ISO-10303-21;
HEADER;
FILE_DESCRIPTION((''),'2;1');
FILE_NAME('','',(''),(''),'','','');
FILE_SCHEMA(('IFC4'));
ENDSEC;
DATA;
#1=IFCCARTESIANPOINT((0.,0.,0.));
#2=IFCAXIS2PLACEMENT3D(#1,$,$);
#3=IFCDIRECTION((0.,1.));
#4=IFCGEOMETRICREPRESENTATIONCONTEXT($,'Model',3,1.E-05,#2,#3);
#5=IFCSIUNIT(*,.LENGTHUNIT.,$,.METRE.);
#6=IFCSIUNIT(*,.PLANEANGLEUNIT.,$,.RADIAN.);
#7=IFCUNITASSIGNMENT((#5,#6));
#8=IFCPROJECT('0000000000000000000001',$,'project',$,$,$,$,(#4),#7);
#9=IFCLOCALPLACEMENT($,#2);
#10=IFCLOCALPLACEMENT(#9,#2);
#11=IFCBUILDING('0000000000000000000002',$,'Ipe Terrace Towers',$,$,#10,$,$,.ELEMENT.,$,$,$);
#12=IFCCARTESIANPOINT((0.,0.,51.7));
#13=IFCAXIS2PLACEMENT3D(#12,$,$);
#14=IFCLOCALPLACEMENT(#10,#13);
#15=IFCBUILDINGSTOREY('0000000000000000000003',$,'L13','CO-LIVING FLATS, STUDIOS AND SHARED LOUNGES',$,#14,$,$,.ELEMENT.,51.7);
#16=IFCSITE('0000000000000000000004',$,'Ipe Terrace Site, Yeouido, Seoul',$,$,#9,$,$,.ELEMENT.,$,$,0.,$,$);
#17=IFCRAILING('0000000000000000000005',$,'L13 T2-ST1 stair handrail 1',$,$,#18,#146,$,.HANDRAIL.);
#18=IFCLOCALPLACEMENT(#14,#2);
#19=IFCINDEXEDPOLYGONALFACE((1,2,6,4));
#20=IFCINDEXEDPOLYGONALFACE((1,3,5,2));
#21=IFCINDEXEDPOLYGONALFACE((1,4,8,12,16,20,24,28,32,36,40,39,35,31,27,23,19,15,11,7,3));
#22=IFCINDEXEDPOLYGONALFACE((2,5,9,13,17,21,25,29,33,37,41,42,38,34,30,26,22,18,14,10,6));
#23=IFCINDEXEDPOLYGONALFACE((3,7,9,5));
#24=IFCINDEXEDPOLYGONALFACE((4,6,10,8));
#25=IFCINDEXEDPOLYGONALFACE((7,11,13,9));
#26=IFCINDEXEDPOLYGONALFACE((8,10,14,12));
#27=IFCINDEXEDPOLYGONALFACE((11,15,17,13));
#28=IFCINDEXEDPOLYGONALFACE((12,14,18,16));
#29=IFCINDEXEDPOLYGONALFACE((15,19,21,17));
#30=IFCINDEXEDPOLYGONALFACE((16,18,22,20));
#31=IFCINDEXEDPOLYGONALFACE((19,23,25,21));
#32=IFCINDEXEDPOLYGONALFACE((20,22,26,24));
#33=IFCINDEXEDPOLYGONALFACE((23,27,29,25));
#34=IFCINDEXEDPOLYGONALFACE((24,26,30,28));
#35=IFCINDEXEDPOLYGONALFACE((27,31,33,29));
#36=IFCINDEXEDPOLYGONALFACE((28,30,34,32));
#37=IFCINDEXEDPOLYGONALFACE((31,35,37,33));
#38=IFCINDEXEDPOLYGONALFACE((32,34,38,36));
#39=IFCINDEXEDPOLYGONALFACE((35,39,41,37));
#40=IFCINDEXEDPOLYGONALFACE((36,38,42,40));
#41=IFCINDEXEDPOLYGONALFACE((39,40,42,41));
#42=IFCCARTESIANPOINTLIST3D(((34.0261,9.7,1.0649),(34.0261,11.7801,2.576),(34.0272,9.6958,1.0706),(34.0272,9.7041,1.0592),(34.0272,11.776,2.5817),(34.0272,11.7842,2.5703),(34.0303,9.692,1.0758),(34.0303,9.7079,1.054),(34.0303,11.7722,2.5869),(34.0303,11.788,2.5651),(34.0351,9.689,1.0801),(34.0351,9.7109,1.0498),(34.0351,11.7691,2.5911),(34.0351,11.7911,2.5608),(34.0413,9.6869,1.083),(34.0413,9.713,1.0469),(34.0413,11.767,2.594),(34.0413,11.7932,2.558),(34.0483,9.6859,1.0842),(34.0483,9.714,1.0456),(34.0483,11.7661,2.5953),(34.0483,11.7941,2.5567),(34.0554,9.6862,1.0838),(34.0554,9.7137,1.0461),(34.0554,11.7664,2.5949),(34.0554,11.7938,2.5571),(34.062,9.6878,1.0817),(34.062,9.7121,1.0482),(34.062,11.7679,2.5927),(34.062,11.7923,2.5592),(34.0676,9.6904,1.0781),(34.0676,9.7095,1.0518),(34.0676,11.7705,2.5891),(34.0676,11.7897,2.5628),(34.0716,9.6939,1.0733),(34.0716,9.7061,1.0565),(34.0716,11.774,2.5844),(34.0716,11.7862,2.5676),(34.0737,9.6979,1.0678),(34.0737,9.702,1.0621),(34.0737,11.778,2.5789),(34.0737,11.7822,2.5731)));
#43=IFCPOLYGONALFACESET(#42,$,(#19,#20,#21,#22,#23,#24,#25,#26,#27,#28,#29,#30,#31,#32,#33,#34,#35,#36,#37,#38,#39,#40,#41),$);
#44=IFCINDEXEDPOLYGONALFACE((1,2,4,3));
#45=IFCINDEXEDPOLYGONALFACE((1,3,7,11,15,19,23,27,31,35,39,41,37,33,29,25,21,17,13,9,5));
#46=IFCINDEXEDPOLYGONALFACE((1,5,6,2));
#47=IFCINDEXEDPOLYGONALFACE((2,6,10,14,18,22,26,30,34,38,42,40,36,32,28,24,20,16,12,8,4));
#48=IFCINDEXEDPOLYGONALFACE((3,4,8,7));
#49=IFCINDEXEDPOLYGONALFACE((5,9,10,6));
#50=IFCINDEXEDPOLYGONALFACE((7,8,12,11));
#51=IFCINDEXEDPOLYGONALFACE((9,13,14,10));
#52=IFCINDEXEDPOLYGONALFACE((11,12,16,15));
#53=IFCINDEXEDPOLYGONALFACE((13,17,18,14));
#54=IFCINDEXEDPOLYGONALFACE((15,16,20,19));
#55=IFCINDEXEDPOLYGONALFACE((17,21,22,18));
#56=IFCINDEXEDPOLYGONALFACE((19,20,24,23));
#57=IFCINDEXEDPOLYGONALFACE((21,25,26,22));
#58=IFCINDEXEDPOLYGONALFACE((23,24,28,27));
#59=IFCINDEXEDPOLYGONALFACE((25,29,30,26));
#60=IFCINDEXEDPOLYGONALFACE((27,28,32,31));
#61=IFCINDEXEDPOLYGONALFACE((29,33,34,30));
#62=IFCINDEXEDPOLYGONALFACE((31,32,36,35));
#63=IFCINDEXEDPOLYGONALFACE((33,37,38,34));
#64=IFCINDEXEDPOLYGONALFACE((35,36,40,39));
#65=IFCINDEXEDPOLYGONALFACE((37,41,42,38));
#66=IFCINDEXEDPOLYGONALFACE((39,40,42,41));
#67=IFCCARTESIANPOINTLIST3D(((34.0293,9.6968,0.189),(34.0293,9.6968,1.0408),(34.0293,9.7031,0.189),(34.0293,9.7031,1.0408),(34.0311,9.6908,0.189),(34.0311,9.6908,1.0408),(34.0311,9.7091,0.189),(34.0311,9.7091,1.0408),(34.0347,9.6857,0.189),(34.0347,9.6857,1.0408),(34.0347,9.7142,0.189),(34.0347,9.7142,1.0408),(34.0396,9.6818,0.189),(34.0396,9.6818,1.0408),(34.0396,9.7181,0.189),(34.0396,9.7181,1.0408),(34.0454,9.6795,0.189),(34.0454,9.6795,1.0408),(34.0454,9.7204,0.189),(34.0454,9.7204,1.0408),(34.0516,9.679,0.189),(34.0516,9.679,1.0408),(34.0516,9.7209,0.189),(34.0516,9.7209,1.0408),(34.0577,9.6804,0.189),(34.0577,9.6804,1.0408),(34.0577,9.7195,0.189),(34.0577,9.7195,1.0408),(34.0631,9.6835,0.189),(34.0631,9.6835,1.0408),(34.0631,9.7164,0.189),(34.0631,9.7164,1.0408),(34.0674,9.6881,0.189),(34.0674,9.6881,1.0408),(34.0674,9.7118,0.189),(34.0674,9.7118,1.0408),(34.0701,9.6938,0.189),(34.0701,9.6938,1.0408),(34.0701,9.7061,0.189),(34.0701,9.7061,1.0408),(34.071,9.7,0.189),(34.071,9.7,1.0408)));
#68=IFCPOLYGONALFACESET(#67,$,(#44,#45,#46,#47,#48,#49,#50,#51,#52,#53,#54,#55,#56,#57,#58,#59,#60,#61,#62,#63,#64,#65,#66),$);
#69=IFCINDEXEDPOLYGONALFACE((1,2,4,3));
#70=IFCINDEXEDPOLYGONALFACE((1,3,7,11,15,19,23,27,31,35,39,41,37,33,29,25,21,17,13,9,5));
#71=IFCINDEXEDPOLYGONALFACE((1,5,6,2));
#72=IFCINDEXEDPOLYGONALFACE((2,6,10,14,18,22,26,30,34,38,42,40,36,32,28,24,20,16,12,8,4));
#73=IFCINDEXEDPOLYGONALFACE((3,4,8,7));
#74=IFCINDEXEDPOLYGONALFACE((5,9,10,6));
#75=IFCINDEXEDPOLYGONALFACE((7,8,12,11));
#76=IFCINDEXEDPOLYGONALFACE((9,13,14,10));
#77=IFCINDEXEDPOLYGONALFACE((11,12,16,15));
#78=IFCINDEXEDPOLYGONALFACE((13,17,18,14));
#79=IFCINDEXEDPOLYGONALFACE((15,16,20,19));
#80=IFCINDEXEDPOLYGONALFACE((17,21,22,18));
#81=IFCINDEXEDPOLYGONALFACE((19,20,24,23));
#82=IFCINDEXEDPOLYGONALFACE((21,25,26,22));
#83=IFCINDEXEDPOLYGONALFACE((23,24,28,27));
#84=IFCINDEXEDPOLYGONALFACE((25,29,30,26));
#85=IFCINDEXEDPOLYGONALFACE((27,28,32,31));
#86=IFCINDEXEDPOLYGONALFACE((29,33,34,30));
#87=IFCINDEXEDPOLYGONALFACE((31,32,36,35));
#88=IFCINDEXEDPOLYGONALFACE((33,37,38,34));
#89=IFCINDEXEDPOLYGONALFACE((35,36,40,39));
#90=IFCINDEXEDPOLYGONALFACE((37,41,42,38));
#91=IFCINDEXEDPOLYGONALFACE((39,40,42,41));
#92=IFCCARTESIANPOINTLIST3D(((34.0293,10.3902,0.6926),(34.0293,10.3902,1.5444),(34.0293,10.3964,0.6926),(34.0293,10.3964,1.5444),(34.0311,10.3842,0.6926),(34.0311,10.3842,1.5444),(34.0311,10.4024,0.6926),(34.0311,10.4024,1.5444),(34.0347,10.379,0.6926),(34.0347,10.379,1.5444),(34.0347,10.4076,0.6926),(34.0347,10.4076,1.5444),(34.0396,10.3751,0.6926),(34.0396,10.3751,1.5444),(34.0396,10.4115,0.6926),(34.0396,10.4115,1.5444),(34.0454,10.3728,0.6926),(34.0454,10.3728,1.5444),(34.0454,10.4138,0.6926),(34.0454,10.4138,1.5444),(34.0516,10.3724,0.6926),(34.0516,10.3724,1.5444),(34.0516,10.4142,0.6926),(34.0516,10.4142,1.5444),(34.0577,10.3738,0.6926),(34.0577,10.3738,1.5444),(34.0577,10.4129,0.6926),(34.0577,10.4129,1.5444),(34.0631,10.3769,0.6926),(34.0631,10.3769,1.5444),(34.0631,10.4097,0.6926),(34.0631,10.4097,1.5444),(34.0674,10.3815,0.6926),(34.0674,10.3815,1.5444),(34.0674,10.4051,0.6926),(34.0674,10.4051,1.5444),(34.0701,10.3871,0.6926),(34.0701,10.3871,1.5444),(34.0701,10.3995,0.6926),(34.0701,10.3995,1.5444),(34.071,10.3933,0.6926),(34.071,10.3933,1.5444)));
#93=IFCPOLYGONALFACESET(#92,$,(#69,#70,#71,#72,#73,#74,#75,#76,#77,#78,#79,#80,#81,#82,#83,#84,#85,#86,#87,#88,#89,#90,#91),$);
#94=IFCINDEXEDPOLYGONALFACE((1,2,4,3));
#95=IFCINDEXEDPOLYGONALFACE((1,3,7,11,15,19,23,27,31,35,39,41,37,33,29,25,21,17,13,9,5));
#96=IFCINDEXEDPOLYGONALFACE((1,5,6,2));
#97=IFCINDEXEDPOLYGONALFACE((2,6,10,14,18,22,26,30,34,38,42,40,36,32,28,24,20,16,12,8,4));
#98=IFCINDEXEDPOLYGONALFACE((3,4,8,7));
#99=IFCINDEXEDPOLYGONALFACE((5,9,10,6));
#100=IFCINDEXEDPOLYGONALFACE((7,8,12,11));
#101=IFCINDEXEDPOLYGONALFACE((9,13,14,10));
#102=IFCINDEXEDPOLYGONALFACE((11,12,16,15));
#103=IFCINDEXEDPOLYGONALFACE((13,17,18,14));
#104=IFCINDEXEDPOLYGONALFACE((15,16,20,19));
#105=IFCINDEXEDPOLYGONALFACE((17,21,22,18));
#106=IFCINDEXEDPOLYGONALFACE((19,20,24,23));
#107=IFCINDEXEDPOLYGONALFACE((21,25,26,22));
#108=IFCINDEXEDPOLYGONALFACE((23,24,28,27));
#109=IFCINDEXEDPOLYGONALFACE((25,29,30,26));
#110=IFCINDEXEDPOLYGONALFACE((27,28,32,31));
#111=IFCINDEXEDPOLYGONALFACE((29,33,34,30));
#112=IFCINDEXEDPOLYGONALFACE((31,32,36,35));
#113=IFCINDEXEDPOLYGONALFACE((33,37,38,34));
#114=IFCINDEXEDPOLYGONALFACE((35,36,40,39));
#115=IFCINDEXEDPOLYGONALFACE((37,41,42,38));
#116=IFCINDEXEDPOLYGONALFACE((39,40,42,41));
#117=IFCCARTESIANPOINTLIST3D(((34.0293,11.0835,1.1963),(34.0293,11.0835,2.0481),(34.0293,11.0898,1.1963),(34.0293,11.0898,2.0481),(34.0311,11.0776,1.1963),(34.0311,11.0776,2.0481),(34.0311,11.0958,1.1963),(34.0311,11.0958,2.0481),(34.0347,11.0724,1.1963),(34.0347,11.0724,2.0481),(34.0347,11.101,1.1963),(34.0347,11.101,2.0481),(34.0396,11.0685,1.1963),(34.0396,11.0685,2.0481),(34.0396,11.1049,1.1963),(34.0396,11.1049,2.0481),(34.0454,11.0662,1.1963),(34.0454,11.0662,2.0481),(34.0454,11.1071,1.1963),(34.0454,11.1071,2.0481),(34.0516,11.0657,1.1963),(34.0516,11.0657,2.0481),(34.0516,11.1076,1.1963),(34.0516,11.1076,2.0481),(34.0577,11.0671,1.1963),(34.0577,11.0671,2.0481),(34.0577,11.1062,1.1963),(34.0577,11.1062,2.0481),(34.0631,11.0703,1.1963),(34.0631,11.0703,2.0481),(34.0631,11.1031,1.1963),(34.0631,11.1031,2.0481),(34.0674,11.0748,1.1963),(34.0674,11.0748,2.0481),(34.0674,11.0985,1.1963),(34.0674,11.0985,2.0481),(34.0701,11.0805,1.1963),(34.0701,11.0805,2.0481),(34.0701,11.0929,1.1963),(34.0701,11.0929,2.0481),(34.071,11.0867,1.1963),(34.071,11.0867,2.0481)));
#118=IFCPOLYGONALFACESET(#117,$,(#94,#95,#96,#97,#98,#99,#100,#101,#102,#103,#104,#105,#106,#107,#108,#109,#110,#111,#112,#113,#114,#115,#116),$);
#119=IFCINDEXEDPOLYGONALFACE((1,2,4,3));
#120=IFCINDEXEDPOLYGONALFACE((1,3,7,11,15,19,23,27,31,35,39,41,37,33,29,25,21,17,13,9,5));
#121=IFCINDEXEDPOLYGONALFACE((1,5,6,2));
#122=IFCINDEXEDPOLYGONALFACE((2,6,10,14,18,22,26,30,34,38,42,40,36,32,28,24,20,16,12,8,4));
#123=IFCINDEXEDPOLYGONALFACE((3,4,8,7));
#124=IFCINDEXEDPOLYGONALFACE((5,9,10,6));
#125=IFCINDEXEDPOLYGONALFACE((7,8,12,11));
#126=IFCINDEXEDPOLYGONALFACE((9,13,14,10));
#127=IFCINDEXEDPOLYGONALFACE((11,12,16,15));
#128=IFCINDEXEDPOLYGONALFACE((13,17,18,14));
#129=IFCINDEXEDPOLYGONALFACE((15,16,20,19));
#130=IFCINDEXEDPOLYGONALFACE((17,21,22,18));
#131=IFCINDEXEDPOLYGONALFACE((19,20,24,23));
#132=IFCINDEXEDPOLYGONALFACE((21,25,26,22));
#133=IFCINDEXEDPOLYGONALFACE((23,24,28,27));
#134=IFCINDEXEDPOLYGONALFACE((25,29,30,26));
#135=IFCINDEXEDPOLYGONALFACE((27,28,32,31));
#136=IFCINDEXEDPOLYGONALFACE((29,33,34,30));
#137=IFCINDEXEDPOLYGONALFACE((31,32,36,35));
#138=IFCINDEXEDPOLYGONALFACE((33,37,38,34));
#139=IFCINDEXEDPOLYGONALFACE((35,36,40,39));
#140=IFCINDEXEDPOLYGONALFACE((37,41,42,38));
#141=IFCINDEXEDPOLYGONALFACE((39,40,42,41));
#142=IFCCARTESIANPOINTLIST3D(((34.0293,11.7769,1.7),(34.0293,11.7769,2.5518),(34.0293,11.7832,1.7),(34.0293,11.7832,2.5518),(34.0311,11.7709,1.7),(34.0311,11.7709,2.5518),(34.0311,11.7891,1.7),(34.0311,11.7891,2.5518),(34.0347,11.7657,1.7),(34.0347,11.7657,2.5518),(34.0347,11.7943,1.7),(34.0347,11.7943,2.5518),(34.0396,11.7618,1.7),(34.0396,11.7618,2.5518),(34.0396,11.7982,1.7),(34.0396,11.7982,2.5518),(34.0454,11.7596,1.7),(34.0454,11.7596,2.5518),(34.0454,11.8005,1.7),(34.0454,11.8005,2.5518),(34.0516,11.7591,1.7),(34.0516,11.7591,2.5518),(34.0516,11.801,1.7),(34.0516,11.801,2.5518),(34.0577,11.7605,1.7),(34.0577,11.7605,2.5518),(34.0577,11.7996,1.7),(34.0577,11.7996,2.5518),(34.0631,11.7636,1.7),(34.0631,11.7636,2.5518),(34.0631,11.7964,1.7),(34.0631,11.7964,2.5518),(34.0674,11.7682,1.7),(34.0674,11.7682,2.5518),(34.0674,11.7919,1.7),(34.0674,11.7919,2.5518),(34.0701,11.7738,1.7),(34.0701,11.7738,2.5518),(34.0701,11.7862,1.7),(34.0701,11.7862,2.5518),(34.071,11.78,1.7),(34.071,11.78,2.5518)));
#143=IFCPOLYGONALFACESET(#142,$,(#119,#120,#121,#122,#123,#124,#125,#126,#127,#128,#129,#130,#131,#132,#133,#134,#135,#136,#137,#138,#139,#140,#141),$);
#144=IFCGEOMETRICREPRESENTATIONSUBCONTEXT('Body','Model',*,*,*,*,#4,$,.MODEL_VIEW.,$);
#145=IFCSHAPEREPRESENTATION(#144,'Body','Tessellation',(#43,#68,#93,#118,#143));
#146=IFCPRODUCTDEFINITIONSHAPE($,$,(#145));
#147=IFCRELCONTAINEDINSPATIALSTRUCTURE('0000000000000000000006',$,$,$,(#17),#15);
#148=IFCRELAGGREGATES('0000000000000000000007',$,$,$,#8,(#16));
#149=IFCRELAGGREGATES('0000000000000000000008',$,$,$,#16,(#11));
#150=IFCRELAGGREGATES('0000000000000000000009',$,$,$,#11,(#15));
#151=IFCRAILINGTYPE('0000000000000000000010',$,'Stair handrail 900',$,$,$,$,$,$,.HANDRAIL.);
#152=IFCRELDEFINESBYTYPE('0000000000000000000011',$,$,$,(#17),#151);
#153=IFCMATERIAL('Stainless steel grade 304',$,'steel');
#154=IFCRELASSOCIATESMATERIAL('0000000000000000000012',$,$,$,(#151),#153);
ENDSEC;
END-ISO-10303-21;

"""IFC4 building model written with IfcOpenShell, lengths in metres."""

from ifc_helpers import new_model, si_unit, direction, frame, origin, origin_2d, place, context, subcontext, project, spatial, circle, extrude, material, type_object, element, save


model = new_model("IFC4")

# Units and contexts
model_context = context("Model", 3, precision=1e-05, world=origin(), true_north=direction((0.0, 1.0)))
body_context = subcontext(model_context, "Body", "Model", "MODEL_VIEW")
ifc_project = project(units=[si_unit("LENGTHUNIT", "METRE"), si_unit("PLANEANGLEUNIT", "RADIAN")], contexts=[model_context])

# Site, building, storey
site_placement = place(None, origin())
site = spatial("IfcSite", under=ifc_project, at=site_placement, Name="Ipe Terrace Site, Yeouido, Seoul", CompositionType="ELEMENT", RefElevation=0.0)
building_placement = place(site_placement, origin())
building = spatial("IfcBuilding", under=site, at=building_placement, Name="Ipe Terrace Towers", CompositionType="ELEMENT")
storey_placement = place(building_placement, frame((0.0, 0.0, 51.7)))
storey = spatial("IfcBuildingStorey", under=building, at=storey_placement, Name="L13", Description="CO-LIVING FLATS, STUDIOS AND SHARED LOUNGES", CompositionType="ELEMENT", Elevation=51.7)

# Railing
ifc_material_1 = material(Name="Stainless steel grade 304", Category="steel")
railing_type_1 = type_object("IfcRailingType", Name="Stair handrail 900", PredefinedType="HANDRAIL", material=ifc_material_1)
railing_1_placement = place(storey_placement, frame((34.05, 9.7, 0.189)))
element("IfcRailing", 1, at=railing_1_placement, inside=storey, type_object=railing_type_1, Name="L13 T2-ST1 stair handrail 1", PredefinedType="HANDRAIL", context=body_context, shape_type="SweptSolid", body=[
    extrude(circle(Radius=0.0239, at=origin_2d()), frame((0.0, 0.0, 0.876), z_axis=(0.0, 0.809069, 0.587714), x_axis=(-1.0, 0.0, 0.0)), (0.0, 0.0, 1.0), 2.571),
    extrude(circle(Radius=0.021, at=origin_2d()), origin(), (0.0, 0.0, 1.0), 0.8518),
    extrude(circle(Radius=0.021, at=origin_2d()), frame((0.0, 0.6934, 0.5037)), (0.0, 0.0, 1.0), 0.8518),
    extrude(circle(Radius=0.021, at=origin_2d()), frame((0.0, 1.3867, 1.0073)), (0.0, 0.0, 1.0), 0.8518),
    extrude(circle(Radius=0.021, at=origin_2d()), frame((0.0, 2.0801, 1.511)), (0.0, 0.0, 1.0), 0.8518),
])

save(model, "model.ifc")
